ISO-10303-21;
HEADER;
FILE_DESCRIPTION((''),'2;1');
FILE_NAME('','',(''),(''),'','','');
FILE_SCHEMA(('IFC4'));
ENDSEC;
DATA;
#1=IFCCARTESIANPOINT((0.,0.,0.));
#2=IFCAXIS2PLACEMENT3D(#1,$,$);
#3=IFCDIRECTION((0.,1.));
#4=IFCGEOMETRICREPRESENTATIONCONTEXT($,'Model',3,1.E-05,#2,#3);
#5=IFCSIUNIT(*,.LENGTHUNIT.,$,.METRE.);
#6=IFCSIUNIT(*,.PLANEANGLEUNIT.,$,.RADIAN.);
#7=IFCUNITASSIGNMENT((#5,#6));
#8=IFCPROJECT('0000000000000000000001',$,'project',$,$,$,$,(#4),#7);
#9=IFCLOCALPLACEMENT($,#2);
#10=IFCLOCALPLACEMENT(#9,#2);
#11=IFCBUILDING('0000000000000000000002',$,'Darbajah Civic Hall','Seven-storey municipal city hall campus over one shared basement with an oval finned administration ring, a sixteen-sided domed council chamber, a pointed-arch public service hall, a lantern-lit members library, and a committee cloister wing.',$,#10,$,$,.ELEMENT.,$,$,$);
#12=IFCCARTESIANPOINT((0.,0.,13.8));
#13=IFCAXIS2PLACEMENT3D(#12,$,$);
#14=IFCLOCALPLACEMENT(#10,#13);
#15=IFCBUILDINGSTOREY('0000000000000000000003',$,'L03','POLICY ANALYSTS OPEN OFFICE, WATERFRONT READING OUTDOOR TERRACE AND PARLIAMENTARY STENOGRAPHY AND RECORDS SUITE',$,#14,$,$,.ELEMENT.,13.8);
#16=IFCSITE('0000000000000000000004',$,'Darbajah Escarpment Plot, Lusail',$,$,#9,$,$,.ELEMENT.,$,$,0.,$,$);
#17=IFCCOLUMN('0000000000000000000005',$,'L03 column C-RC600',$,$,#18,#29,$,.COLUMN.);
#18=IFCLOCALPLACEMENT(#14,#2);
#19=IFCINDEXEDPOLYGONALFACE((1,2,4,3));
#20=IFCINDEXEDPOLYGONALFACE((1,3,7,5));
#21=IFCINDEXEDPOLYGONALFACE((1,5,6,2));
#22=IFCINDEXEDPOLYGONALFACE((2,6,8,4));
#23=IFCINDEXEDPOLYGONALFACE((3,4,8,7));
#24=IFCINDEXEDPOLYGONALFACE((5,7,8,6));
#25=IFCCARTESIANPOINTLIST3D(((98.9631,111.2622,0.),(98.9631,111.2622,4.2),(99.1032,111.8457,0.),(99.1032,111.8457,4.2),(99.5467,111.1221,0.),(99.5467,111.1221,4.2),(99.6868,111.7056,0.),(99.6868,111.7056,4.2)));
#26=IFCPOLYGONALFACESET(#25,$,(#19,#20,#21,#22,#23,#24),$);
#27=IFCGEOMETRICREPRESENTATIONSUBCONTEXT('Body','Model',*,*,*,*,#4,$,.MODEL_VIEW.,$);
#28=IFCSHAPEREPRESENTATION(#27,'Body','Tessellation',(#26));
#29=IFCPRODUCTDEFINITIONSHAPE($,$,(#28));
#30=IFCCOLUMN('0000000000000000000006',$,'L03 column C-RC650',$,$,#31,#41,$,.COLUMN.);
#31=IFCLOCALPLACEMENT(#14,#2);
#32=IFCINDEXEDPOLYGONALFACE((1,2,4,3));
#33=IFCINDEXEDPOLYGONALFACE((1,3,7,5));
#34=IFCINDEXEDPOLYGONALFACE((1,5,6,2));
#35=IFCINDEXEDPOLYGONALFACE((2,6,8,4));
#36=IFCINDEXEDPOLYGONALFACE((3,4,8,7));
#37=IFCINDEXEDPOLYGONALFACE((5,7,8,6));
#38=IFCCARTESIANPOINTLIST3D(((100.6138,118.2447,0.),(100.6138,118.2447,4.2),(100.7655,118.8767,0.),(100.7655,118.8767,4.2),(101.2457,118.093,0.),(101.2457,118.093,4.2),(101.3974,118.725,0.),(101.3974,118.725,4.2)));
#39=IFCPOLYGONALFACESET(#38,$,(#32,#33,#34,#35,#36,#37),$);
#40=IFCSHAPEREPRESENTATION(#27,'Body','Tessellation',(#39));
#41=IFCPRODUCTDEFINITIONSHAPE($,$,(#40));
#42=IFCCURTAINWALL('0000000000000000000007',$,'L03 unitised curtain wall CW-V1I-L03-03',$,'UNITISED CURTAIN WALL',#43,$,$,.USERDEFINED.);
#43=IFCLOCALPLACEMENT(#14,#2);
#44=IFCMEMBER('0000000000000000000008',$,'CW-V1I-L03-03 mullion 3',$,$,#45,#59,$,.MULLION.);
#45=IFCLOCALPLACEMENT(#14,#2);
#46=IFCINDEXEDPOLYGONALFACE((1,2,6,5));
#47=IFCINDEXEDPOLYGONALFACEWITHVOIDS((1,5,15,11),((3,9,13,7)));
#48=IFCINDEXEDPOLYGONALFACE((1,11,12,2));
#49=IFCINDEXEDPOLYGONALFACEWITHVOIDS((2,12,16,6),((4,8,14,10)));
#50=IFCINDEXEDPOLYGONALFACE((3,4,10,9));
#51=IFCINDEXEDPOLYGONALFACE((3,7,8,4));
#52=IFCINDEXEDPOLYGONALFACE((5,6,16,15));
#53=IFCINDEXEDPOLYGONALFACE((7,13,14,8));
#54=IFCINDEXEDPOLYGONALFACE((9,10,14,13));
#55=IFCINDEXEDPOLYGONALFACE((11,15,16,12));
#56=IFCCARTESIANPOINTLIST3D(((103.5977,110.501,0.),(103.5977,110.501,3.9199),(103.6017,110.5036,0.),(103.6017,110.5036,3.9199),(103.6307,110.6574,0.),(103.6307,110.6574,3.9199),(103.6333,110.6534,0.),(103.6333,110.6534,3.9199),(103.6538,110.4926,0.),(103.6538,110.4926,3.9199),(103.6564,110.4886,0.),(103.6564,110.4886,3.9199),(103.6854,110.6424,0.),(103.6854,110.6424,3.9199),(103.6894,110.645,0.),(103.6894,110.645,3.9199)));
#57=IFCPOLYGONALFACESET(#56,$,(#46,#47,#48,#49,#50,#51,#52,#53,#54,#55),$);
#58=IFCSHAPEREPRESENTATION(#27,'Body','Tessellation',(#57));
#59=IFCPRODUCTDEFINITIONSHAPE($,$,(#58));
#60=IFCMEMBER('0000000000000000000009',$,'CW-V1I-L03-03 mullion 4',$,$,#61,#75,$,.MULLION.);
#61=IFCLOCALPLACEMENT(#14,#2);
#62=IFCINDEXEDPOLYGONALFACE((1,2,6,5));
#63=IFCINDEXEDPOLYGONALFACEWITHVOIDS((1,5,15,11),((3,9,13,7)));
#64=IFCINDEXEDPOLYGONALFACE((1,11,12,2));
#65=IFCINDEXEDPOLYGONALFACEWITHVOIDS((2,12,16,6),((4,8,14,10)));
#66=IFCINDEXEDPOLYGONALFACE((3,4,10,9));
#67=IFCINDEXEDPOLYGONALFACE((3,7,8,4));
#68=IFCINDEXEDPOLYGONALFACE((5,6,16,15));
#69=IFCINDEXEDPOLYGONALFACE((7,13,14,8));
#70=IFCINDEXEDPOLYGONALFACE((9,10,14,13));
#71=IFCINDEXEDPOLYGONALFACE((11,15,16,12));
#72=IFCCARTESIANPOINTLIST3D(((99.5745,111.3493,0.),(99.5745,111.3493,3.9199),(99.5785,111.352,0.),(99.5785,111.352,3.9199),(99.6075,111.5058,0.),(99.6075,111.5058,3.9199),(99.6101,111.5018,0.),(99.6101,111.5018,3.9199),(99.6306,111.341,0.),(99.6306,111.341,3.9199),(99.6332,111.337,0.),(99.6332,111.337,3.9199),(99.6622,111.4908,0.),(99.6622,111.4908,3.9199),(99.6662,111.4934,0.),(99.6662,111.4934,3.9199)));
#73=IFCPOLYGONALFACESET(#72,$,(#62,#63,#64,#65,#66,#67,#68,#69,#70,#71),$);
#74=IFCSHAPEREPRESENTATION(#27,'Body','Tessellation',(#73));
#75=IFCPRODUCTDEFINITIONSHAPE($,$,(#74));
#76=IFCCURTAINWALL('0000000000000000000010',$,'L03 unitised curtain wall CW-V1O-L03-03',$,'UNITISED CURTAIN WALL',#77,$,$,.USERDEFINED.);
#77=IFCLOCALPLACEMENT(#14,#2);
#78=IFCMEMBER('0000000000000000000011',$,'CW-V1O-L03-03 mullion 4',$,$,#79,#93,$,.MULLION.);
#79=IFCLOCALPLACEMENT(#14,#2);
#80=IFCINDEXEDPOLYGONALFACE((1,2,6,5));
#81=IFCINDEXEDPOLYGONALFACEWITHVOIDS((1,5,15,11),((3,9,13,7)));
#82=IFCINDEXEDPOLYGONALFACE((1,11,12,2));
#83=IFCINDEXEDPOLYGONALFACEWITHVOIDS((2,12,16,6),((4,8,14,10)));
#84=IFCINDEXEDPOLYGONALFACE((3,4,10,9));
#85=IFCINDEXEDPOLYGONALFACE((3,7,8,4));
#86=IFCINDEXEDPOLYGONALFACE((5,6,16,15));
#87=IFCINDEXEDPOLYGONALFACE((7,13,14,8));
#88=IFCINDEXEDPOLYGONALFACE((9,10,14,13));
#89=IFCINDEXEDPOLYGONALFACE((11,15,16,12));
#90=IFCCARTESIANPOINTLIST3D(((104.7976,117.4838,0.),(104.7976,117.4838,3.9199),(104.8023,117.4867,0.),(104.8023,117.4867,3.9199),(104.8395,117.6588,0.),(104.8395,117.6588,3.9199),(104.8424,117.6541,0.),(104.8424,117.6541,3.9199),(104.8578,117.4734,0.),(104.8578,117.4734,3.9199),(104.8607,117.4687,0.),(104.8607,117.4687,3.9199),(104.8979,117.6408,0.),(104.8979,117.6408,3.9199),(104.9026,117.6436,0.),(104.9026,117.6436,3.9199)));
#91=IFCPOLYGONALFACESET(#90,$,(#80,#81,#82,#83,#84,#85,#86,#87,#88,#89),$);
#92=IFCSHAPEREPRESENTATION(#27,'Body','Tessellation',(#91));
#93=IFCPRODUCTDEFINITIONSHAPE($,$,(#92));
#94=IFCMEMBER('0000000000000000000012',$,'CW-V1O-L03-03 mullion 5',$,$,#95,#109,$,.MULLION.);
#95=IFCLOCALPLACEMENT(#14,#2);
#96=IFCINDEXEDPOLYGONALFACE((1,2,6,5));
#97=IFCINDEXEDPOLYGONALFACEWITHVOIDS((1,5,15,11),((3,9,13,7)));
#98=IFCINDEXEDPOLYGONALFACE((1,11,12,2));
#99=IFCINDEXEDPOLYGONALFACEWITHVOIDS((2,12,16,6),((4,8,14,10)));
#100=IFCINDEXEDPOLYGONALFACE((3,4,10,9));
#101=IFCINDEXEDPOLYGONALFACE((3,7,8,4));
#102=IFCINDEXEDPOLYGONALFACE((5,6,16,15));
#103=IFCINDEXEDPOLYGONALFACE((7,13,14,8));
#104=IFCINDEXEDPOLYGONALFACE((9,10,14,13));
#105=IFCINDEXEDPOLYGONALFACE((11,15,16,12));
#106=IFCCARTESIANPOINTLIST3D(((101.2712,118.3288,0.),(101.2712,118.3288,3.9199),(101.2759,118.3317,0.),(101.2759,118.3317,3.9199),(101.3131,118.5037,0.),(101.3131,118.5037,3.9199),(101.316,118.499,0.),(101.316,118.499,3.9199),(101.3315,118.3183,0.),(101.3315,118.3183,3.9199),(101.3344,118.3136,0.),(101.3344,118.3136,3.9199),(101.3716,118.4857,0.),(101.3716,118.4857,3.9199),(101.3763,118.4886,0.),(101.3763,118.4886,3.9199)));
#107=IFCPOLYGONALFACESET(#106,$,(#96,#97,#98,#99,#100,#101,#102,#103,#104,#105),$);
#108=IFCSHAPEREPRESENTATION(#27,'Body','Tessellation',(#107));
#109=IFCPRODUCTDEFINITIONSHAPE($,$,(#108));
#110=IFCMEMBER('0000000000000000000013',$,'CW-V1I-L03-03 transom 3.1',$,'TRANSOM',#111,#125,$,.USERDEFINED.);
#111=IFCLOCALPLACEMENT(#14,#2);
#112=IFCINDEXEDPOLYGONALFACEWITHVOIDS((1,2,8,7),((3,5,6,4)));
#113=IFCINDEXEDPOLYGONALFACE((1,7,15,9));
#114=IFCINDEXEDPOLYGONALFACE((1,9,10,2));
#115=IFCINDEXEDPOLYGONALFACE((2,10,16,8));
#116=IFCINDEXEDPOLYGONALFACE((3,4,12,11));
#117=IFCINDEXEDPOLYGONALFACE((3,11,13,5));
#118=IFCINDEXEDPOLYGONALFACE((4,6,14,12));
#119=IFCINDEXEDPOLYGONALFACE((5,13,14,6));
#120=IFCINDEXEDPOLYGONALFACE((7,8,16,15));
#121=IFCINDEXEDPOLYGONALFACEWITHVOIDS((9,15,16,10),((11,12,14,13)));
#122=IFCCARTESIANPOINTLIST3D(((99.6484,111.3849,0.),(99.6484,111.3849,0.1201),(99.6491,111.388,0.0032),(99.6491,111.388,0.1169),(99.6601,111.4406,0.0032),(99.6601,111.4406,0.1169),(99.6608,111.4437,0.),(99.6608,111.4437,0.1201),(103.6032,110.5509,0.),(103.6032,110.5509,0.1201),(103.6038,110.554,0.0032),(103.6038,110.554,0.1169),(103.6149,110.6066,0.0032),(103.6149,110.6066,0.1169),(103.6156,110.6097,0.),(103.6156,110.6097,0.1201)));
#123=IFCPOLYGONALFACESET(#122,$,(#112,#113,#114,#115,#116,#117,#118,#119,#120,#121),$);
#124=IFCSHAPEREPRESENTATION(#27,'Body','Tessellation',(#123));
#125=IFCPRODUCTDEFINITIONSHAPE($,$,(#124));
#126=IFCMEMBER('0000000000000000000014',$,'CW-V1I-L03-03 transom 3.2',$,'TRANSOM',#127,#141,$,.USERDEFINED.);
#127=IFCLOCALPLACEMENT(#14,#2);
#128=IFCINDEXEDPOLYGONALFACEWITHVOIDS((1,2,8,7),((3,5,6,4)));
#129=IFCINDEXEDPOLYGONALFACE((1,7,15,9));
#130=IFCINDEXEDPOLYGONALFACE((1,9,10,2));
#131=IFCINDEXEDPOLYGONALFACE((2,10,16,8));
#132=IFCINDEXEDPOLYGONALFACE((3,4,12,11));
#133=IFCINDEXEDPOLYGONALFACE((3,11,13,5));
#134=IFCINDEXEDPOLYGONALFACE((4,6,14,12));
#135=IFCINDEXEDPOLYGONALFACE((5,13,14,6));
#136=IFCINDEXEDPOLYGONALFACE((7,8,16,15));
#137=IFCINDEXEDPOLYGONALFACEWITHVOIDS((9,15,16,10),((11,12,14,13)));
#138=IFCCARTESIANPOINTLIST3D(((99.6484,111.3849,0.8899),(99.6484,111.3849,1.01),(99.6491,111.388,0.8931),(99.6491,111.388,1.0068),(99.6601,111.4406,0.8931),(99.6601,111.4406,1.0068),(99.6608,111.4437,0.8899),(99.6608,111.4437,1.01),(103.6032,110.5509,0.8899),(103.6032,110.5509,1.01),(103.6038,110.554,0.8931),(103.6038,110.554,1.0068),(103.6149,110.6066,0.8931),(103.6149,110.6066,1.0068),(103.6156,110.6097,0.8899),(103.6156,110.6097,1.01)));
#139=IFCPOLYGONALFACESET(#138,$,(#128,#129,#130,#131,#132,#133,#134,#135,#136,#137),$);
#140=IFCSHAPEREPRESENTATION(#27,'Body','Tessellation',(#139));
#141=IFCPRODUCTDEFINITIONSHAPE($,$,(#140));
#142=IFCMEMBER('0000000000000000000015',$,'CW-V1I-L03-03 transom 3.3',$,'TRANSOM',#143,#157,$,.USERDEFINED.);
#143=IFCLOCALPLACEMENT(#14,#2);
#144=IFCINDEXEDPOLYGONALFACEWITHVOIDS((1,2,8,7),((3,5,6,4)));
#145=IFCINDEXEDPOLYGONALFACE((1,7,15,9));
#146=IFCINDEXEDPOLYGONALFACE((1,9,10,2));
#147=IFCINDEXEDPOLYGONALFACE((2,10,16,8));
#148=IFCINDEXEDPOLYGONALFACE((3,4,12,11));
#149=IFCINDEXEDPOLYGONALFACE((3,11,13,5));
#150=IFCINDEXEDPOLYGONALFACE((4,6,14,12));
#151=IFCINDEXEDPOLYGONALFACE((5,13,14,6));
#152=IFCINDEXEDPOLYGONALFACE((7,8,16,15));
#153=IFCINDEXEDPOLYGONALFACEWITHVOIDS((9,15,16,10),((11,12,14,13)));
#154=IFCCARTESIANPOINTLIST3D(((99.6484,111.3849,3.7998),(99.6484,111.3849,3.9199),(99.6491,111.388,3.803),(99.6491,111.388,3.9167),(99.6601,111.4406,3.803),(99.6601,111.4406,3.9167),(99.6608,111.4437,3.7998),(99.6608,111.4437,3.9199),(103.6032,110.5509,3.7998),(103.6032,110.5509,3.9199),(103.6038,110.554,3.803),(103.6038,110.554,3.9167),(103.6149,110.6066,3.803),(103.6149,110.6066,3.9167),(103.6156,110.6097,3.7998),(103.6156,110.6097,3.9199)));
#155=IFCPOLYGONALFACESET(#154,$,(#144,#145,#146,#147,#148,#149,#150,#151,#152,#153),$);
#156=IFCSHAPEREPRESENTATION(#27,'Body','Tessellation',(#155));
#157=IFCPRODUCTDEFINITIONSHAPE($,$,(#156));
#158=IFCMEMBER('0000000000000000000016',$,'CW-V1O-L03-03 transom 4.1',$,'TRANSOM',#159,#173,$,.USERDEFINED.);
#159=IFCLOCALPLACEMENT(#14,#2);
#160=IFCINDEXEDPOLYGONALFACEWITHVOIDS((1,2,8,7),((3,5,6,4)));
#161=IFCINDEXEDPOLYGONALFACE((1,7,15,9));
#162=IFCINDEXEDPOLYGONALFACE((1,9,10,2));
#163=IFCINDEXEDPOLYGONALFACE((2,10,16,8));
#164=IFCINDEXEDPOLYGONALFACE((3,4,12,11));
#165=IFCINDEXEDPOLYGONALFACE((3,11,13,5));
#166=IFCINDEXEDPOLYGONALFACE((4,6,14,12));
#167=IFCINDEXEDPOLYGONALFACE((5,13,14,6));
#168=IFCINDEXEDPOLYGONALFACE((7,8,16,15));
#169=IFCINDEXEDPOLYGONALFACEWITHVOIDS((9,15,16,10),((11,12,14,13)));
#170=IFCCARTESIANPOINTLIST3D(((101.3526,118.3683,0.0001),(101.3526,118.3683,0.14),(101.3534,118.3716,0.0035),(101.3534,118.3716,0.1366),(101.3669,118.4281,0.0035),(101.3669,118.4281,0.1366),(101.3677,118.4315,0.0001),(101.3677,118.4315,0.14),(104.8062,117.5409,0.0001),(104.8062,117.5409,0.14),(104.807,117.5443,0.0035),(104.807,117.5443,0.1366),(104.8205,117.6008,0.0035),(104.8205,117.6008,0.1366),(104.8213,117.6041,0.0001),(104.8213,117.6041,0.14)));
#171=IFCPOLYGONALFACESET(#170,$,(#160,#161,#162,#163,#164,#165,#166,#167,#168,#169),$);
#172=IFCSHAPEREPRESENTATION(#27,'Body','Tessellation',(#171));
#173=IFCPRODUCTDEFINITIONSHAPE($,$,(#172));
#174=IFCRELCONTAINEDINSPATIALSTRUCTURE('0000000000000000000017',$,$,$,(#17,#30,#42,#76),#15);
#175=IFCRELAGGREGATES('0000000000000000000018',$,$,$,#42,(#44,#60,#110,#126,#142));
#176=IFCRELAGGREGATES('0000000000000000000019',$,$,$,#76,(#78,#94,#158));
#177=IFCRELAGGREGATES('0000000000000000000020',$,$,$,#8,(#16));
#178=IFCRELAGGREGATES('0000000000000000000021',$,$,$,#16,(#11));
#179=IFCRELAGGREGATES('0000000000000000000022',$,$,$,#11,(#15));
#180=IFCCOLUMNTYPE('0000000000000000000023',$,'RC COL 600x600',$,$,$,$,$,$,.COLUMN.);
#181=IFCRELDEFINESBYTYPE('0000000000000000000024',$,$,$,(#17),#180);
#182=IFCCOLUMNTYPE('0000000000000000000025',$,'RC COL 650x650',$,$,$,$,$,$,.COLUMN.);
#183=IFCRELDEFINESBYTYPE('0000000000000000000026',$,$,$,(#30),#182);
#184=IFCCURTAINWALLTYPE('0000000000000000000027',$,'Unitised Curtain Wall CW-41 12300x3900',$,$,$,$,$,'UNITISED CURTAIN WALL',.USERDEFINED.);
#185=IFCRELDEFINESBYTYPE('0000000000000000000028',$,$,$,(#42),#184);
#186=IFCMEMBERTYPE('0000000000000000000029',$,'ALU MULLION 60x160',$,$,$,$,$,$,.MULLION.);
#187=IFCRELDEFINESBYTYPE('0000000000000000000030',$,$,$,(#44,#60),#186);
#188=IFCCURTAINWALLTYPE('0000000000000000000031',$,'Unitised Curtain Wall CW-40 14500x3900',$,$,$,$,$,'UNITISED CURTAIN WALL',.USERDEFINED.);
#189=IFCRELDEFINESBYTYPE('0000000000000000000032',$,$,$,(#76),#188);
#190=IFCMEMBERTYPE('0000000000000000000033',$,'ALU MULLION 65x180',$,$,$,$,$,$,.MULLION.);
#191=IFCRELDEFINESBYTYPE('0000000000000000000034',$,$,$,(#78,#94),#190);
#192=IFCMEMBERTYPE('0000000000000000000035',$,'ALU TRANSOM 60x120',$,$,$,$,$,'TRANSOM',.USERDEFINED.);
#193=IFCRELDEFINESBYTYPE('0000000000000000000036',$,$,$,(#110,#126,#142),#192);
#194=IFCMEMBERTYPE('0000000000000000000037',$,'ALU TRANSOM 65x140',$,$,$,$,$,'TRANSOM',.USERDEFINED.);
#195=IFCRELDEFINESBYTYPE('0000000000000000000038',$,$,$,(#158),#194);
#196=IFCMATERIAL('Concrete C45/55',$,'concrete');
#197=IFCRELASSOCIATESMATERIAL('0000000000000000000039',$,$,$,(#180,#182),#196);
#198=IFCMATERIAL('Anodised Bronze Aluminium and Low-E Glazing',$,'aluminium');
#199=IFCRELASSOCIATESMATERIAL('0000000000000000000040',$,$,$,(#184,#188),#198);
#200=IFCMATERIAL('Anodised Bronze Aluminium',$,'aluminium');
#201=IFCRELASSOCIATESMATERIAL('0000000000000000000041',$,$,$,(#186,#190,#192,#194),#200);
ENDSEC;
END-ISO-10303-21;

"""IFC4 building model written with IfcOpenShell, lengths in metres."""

from ifc_helpers import new_model, si_unit, direction, frame, origin, origin_2d, place, context, subcontext, project, spatial, rectangle, hollow_rectangle, extrude, material, material_profile, profile_set, type_object, element, aggregate, save


model = new_model("IFC4")

# Units and contexts
model_context = context("Model", 3, precision=1e-05, world=origin(), true_north=direction((0.0, 1.0)))
body_context = subcontext(model_context, "Body", "Model", "MODEL_VIEW")
ifc_project = project(units=[si_unit("LENGTHUNIT", "METRE"), si_unit("PLANEANGLEUNIT", "RADIAN")], contexts=[model_context])

# Site, building, storey
site_placement = place(None, origin())
site = spatial("IfcSite", under=ifc_project, at=site_placement, Name="Darbajah Escarpment Plot, Lusail", CompositionType="ELEMENT", RefElevation=0.0)
building_placement = place(site_placement, origin())
building = spatial("IfcBuilding", under=site, at=building_placement, Name="Darbajah Civic Hall", Description="Seven-storey municipal city hall campus over one shared basement with an oval finned administration ring, a sixteen-sided domed council chamber, a pointed-arch public service hall, a lantern-lit members library, and a committee cloister wing.", CompositionType="ELEMENT")
storey_placement = place(building_placement, frame((0.0, 0.0, 13.8)))
storey = spatial("IfcBuildingStorey", under=building, at=storey_placement, Name="L03", Description="POLICY ANALYSTS OPEN OFFICE, WATERFRONT READING OUTDOOR TERRACE AND PARLIAMENTARY STENOGRAPHY AND RECORDS SUITE", CompositionType="ELEMENT", Elevation=13.8)

# Columns
ifc_material_1 = material(Name="Concrete C45/55", Category="concrete")
ifc_material_profile_1 = material_profile(ifc_material_1, rectangle(XDim=0.6001, YDim=0.6001, at=origin_2d()), Name="RC COL 600x600")
ifc_profile_set_1 = profile_set([ifc_material_profile_1], Name="Concrete C45/55")
column_type_1 = type_object("IfcColumnType", Name="RC COL 600x600", PredefinedType="COLUMN", material=ifc_profile_set_1)
column_1_placement = place(storey_placement, frame((99.325, 111.4839, 0.0), z_axis=(0.0, 0.0, 1.0), x_axis=(0.233445, 0.97237, 0.0)))
element("IfcColumn", 1, at=column_1_placement, inside=storey, type_object=column_type_1, Name="L03 column C-RC600", PredefinedType="COLUMN", context=body_context, shape_type="SweptSolid", body=[
    extrude(rectangle(XDim=0.6001, YDim=0.6001, at=origin_2d()), origin(), (0.0, 0.0, 1.0), 4.2),
])
ifc_material_profile_2 = material_profile(ifc_material_1, rectangle(XDim=0.6499, YDim=0.6499, at=origin_2d()), Name="RC COL 650x650")
ifc_profile_set_2 = profile_set([ifc_material_profile_2], Name="Concrete C45/55")
column_type_2 = type_object("IfcColumnType", Name="RC COL 650x650", PredefinedType="COLUMN", material=ifc_profile_set_2)
column_2_placement = place(storey_placement, frame((101.0056, 118.4849, 0.0), z_axis=(0.0, 0.0, 1.0), x_axis=(0.233445, 0.97237, 0.0)))
element("IfcColumn", 2, at=column_2_placement, inside=storey, type_object=column_type_2, Name="L03 column C-RC650", PredefinedType="COLUMN", context=body_context, shape_type="SweptSolid", body=[
    extrude(rectangle(XDim=0.6499, YDim=0.6499, at=origin_2d()), origin(), (0.0, 0.0, 1.0), 4.2),
])

# Curtain walls, members
ifc_material_2 = material(Name="Anodised Bronze Aluminium and Low-E Glazing", Category="aluminium")
curtain_wall_type_1 = type_object("IfcCurtainWallType", Name="Unitised Curtain Wall CW-41 12300x3900", ElementType="UNITISED CURTAIN WALL", PredefinedType="USERDEFINED", material=ifc_material_2)
curtain_wall_1_placement = place(storey_placement, origin())
curtain_wall_1 = element("IfcCurtainWall", 3, at=curtain_wall_1_placement, inside=storey, type_object=curtain_wall_type_1, Name="L03 unitised curtain wall CW-V1I-L03-03", ObjectType="UNITISED CURTAIN WALL", PredefinedType="USERDEFINED")
ifc_material_3 = material(Name="Anodised Bronze Aluminium", Category="aluminium")
ifc_material_profile_3 = material_profile(ifc_material_3, hollow_rectangle(XDim=0.0601, YDim=0.1599, WallThickness=0.0034, at=origin_2d()), Name="ALU MULLION 60x160")
ifc_profile_set_3 = profile_set([ifc_material_profile_3], Name="Anodised Bronze Aluminium")
member_type_1 = type_object("IfcMemberType", Name="ALU MULLION 60x160", PredefinedType="MULLION", material=ifc_profile_set_3)
member_1_placement = place(storey_placement, frame((103.6436, 110.573, 0.0), z_axis=(0.0, 0.0, 1.0), x_axis=(-0.978473, 0.206375, 0.0)))
member_1 = element("IfcMember", 4, at=member_1_placement, type_object=member_type_1, Name="CW-V1I-L03-03 mullion 3", PredefinedType="MULLION", context=body_context, shape_type="SweptSolid", body=[
    extrude(hollow_rectangle(XDim=0.0601, YDim=0.1599, WallThickness=0.0034, at=origin_2d()), origin(), (0.0, 0.0, 1.0), 3.9199),
])
member_2_placement = place(storey_placement, frame((99.6204, 111.4214, 0.0), z_axis=(0.0, 0.0, 1.0), x_axis=(-0.978473, 0.206375, 0.0)))
member_2 = element("IfcMember", 5, at=member_2_placement, type_object=member_type_1, Name="CW-V1I-L03-03 mullion 4", PredefinedType="MULLION", context=body_context, shape_type="SweptSolid", body=[
    extrude(hollow_rectangle(XDim=0.0601, YDim=0.1599, WallThickness=0.0034, at=origin_2d()), origin(), (0.0, 0.0, 1.0), 3.9199),
])
curtain_wall_type_2 = type_object("IfcCurtainWallType", Name="Unitised Curtain Wall CW-40 14500x3900", ElementType="UNITISED CURTAIN WALL", PredefinedType="USERDEFINED", material=ifc_material_2)
curtain_wall_2_placement = place(storey_placement, origin())
curtain_wall_2 = element("IfcCurtainWall", 6, at=curtain_wall_2_placement, inside=storey, type_object=curtain_wall_type_2, Name="L03 unitised curtain wall CW-V1O-L03-03", ObjectType="UNITISED CURTAIN WALL", PredefinedType="USERDEFINED")
ifc_material_profile_4 = material_profile(ifc_material_3, hollow_rectangle(XDim=0.0649, YDim=0.1799, WallThickness=0.0039, at=origin_2d()), Name="ALU MULLION 65x180")
ifc_profile_set_4 = profile_set([ifc_material_profile_4], Name="Anodised Bronze Aluminium")
member_type_2 = type_object("IfcMemberType", Name="ALU MULLION 65x180", PredefinedType="MULLION", material=ifc_profile_set_4)
member_3_placement = place(storey_placement, frame((104.8501, 117.5637, 0.0), z_axis=(0.0, 0.0, 1.0), x_axis=(-0.972492, 0.232936, 0.0)))
member_3 = element("IfcMember", 7, at=member_3_placement, type_object=member_type_2, Name="CW-V1O-L03-03 mullion 4", PredefinedType="MULLION", context=body_context, shape_type="SweptSolid", body=[
    extrude(hollow_rectangle(XDim=0.0649, YDim=0.1799, WallThickness=0.0039, at=origin_2d()), origin(), (0.0, 0.0, 1.0), 3.9199),
])
member_4_placement = place(storey_placement, frame((101.3237, 118.4087, 0.0), z_axis=(0.0, 0.0, 1.0), x_axis=(-0.972492, 0.232936, 0.0)))
member_4 = element("IfcMember", 8, at=member_4_placement, type_object=member_type_2, Name="CW-V1O-L03-03 mullion 5", PredefinedType="MULLION", context=body_context, shape_type="SweptSolid", body=[
    extrude(hollow_rectangle(XDim=0.0649, YDim=0.1799, WallThickness=0.0039, at=origin_2d()), origin(), (0.0, 0.0, 1.0), 3.9199),
])

# Members
ifc_material_profile_5 = material_profile(ifc_material_3, hollow_rectangle(XDim=0.0601, YDim=0.1201, WallThickness=0.0032, at=origin_2d()), Name="ALU TRANSOM 60x120")
ifc_profile_set_5 = profile_set([ifc_material_profile_5], Name="Anodised Bronze Aluminium")
member_type_3 = type_object("IfcMemberType", Name="ALU TRANSOM 60x120", ElementType="TRANSOM", PredefinedType="USERDEFINED", material=ifc_profile_set_5)
member_5_placement = place(storey_placement, frame((103.6094, 110.5803, 0.0601), z_axis=(-0.978481, 0.206339, 0.0), x_axis=(-0.206339, -0.978481, 0.0)))
member_5 = element("IfcMember", 9, at=member_5_placement, type_object=member_type_3, Name="CW-V1I-L03-03 transom 3.1", ObjectType="TRANSOM", PredefinedType="USERDEFINED", context=body_context, shape_type="SweptSolid", body=[
    extrude(hollow_rectangle(XDim=0.0601, YDim=0.1201, WallThickness=0.0032, at=origin_2d()), origin(), (0.0, 0.0, 1.0), 4.0417),
])
member_6_placement = place(storey_placement, frame((103.6094, 110.5803, 0.95), z_axis=(-0.978481, 0.206339, 0.0), x_axis=(-0.206339, -0.978481, 0.0)))
member_6 = element("IfcMember", 10, at=member_6_placement, type_object=member_type_3, Name="CW-V1I-L03-03 transom 3.2", ObjectType="TRANSOM", PredefinedType="USERDEFINED", context=body_context, shape_type="SweptSolid", body=[
    extrude(hollow_rectangle(XDim=0.0601, YDim=0.1201, WallThickness=0.0032, at=origin_2d()), origin(), (0.0, 0.0, 1.0), 4.0417),
])
member_7_placement = place(storey_placement, frame((103.6094, 110.5803, 3.8599), z_axis=(-0.978481, 0.206339, 0.0), x_axis=(-0.206339, -0.978481, 0.0)))
member_7 = element("IfcMember", 11, at=member_7_placement, type_object=member_type_3, Name="CW-V1I-L03-03 transom 3.3", ObjectType="TRANSOM", PredefinedType="USERDEFINED", context=body_context, shape_type="SweptSolid", body=[
    extrude(hollow_rectangle(XDim=0.0601, YDim=0.1201, WallThickness=0.0032, at=origin_2d()), origin(), (0.0, 0.0, 1.0), 4.0417),
])
ifc_material_profile_6 = material_profile(ifc_material_3, hollow_rectangle(XDim=0.0649, YDim=0.1399, WallThickness=0.0034, at=origin_2d()), Name="ALU TRANSOM 65x140")
ifc_profile_set_6 = profile_set([ifc_material_profile_6], Name="Anodised Bronze Aluminium")
member_type_4 = type_object("IfcMemberType", Name="ALU TRANSOM 65x140", ElementType="TRANSOM", PredefinedType="USERDEFINED", material=ifc_profile_set_6)
member_8_placement = place(storey_placement, frame((104.8137, 117.5725, 0.0701), z_axis=(-0.972481, 0.23298, 0.0), x_axis=(-0.23298, -0.972481, 0.0)))
member_8 = element("IfcMember", 12, at=member_8_placement, type_object=member_type_4, Name="CW-V1O-L03-03 transom 4.1", ObjectType="TRANSOM", PredefinedType="USERDEFINED", context=body_context, shape_type="SweptSolid", body=[
    extrude(hollow_rectangle(XDim=0.0649, YDim=0.1399, WallThickness=0.0034, at=origin_2d()), origin(), (0.0, 0.0, 1.0), 3.5513),
])

aggregate(curtain_wall_1, [member_1, member_2, member_5, member_6, member_7])
aggregate(curtain_wall_2, [member_3, member_4, member_8])

save(model, "model.ifc")
